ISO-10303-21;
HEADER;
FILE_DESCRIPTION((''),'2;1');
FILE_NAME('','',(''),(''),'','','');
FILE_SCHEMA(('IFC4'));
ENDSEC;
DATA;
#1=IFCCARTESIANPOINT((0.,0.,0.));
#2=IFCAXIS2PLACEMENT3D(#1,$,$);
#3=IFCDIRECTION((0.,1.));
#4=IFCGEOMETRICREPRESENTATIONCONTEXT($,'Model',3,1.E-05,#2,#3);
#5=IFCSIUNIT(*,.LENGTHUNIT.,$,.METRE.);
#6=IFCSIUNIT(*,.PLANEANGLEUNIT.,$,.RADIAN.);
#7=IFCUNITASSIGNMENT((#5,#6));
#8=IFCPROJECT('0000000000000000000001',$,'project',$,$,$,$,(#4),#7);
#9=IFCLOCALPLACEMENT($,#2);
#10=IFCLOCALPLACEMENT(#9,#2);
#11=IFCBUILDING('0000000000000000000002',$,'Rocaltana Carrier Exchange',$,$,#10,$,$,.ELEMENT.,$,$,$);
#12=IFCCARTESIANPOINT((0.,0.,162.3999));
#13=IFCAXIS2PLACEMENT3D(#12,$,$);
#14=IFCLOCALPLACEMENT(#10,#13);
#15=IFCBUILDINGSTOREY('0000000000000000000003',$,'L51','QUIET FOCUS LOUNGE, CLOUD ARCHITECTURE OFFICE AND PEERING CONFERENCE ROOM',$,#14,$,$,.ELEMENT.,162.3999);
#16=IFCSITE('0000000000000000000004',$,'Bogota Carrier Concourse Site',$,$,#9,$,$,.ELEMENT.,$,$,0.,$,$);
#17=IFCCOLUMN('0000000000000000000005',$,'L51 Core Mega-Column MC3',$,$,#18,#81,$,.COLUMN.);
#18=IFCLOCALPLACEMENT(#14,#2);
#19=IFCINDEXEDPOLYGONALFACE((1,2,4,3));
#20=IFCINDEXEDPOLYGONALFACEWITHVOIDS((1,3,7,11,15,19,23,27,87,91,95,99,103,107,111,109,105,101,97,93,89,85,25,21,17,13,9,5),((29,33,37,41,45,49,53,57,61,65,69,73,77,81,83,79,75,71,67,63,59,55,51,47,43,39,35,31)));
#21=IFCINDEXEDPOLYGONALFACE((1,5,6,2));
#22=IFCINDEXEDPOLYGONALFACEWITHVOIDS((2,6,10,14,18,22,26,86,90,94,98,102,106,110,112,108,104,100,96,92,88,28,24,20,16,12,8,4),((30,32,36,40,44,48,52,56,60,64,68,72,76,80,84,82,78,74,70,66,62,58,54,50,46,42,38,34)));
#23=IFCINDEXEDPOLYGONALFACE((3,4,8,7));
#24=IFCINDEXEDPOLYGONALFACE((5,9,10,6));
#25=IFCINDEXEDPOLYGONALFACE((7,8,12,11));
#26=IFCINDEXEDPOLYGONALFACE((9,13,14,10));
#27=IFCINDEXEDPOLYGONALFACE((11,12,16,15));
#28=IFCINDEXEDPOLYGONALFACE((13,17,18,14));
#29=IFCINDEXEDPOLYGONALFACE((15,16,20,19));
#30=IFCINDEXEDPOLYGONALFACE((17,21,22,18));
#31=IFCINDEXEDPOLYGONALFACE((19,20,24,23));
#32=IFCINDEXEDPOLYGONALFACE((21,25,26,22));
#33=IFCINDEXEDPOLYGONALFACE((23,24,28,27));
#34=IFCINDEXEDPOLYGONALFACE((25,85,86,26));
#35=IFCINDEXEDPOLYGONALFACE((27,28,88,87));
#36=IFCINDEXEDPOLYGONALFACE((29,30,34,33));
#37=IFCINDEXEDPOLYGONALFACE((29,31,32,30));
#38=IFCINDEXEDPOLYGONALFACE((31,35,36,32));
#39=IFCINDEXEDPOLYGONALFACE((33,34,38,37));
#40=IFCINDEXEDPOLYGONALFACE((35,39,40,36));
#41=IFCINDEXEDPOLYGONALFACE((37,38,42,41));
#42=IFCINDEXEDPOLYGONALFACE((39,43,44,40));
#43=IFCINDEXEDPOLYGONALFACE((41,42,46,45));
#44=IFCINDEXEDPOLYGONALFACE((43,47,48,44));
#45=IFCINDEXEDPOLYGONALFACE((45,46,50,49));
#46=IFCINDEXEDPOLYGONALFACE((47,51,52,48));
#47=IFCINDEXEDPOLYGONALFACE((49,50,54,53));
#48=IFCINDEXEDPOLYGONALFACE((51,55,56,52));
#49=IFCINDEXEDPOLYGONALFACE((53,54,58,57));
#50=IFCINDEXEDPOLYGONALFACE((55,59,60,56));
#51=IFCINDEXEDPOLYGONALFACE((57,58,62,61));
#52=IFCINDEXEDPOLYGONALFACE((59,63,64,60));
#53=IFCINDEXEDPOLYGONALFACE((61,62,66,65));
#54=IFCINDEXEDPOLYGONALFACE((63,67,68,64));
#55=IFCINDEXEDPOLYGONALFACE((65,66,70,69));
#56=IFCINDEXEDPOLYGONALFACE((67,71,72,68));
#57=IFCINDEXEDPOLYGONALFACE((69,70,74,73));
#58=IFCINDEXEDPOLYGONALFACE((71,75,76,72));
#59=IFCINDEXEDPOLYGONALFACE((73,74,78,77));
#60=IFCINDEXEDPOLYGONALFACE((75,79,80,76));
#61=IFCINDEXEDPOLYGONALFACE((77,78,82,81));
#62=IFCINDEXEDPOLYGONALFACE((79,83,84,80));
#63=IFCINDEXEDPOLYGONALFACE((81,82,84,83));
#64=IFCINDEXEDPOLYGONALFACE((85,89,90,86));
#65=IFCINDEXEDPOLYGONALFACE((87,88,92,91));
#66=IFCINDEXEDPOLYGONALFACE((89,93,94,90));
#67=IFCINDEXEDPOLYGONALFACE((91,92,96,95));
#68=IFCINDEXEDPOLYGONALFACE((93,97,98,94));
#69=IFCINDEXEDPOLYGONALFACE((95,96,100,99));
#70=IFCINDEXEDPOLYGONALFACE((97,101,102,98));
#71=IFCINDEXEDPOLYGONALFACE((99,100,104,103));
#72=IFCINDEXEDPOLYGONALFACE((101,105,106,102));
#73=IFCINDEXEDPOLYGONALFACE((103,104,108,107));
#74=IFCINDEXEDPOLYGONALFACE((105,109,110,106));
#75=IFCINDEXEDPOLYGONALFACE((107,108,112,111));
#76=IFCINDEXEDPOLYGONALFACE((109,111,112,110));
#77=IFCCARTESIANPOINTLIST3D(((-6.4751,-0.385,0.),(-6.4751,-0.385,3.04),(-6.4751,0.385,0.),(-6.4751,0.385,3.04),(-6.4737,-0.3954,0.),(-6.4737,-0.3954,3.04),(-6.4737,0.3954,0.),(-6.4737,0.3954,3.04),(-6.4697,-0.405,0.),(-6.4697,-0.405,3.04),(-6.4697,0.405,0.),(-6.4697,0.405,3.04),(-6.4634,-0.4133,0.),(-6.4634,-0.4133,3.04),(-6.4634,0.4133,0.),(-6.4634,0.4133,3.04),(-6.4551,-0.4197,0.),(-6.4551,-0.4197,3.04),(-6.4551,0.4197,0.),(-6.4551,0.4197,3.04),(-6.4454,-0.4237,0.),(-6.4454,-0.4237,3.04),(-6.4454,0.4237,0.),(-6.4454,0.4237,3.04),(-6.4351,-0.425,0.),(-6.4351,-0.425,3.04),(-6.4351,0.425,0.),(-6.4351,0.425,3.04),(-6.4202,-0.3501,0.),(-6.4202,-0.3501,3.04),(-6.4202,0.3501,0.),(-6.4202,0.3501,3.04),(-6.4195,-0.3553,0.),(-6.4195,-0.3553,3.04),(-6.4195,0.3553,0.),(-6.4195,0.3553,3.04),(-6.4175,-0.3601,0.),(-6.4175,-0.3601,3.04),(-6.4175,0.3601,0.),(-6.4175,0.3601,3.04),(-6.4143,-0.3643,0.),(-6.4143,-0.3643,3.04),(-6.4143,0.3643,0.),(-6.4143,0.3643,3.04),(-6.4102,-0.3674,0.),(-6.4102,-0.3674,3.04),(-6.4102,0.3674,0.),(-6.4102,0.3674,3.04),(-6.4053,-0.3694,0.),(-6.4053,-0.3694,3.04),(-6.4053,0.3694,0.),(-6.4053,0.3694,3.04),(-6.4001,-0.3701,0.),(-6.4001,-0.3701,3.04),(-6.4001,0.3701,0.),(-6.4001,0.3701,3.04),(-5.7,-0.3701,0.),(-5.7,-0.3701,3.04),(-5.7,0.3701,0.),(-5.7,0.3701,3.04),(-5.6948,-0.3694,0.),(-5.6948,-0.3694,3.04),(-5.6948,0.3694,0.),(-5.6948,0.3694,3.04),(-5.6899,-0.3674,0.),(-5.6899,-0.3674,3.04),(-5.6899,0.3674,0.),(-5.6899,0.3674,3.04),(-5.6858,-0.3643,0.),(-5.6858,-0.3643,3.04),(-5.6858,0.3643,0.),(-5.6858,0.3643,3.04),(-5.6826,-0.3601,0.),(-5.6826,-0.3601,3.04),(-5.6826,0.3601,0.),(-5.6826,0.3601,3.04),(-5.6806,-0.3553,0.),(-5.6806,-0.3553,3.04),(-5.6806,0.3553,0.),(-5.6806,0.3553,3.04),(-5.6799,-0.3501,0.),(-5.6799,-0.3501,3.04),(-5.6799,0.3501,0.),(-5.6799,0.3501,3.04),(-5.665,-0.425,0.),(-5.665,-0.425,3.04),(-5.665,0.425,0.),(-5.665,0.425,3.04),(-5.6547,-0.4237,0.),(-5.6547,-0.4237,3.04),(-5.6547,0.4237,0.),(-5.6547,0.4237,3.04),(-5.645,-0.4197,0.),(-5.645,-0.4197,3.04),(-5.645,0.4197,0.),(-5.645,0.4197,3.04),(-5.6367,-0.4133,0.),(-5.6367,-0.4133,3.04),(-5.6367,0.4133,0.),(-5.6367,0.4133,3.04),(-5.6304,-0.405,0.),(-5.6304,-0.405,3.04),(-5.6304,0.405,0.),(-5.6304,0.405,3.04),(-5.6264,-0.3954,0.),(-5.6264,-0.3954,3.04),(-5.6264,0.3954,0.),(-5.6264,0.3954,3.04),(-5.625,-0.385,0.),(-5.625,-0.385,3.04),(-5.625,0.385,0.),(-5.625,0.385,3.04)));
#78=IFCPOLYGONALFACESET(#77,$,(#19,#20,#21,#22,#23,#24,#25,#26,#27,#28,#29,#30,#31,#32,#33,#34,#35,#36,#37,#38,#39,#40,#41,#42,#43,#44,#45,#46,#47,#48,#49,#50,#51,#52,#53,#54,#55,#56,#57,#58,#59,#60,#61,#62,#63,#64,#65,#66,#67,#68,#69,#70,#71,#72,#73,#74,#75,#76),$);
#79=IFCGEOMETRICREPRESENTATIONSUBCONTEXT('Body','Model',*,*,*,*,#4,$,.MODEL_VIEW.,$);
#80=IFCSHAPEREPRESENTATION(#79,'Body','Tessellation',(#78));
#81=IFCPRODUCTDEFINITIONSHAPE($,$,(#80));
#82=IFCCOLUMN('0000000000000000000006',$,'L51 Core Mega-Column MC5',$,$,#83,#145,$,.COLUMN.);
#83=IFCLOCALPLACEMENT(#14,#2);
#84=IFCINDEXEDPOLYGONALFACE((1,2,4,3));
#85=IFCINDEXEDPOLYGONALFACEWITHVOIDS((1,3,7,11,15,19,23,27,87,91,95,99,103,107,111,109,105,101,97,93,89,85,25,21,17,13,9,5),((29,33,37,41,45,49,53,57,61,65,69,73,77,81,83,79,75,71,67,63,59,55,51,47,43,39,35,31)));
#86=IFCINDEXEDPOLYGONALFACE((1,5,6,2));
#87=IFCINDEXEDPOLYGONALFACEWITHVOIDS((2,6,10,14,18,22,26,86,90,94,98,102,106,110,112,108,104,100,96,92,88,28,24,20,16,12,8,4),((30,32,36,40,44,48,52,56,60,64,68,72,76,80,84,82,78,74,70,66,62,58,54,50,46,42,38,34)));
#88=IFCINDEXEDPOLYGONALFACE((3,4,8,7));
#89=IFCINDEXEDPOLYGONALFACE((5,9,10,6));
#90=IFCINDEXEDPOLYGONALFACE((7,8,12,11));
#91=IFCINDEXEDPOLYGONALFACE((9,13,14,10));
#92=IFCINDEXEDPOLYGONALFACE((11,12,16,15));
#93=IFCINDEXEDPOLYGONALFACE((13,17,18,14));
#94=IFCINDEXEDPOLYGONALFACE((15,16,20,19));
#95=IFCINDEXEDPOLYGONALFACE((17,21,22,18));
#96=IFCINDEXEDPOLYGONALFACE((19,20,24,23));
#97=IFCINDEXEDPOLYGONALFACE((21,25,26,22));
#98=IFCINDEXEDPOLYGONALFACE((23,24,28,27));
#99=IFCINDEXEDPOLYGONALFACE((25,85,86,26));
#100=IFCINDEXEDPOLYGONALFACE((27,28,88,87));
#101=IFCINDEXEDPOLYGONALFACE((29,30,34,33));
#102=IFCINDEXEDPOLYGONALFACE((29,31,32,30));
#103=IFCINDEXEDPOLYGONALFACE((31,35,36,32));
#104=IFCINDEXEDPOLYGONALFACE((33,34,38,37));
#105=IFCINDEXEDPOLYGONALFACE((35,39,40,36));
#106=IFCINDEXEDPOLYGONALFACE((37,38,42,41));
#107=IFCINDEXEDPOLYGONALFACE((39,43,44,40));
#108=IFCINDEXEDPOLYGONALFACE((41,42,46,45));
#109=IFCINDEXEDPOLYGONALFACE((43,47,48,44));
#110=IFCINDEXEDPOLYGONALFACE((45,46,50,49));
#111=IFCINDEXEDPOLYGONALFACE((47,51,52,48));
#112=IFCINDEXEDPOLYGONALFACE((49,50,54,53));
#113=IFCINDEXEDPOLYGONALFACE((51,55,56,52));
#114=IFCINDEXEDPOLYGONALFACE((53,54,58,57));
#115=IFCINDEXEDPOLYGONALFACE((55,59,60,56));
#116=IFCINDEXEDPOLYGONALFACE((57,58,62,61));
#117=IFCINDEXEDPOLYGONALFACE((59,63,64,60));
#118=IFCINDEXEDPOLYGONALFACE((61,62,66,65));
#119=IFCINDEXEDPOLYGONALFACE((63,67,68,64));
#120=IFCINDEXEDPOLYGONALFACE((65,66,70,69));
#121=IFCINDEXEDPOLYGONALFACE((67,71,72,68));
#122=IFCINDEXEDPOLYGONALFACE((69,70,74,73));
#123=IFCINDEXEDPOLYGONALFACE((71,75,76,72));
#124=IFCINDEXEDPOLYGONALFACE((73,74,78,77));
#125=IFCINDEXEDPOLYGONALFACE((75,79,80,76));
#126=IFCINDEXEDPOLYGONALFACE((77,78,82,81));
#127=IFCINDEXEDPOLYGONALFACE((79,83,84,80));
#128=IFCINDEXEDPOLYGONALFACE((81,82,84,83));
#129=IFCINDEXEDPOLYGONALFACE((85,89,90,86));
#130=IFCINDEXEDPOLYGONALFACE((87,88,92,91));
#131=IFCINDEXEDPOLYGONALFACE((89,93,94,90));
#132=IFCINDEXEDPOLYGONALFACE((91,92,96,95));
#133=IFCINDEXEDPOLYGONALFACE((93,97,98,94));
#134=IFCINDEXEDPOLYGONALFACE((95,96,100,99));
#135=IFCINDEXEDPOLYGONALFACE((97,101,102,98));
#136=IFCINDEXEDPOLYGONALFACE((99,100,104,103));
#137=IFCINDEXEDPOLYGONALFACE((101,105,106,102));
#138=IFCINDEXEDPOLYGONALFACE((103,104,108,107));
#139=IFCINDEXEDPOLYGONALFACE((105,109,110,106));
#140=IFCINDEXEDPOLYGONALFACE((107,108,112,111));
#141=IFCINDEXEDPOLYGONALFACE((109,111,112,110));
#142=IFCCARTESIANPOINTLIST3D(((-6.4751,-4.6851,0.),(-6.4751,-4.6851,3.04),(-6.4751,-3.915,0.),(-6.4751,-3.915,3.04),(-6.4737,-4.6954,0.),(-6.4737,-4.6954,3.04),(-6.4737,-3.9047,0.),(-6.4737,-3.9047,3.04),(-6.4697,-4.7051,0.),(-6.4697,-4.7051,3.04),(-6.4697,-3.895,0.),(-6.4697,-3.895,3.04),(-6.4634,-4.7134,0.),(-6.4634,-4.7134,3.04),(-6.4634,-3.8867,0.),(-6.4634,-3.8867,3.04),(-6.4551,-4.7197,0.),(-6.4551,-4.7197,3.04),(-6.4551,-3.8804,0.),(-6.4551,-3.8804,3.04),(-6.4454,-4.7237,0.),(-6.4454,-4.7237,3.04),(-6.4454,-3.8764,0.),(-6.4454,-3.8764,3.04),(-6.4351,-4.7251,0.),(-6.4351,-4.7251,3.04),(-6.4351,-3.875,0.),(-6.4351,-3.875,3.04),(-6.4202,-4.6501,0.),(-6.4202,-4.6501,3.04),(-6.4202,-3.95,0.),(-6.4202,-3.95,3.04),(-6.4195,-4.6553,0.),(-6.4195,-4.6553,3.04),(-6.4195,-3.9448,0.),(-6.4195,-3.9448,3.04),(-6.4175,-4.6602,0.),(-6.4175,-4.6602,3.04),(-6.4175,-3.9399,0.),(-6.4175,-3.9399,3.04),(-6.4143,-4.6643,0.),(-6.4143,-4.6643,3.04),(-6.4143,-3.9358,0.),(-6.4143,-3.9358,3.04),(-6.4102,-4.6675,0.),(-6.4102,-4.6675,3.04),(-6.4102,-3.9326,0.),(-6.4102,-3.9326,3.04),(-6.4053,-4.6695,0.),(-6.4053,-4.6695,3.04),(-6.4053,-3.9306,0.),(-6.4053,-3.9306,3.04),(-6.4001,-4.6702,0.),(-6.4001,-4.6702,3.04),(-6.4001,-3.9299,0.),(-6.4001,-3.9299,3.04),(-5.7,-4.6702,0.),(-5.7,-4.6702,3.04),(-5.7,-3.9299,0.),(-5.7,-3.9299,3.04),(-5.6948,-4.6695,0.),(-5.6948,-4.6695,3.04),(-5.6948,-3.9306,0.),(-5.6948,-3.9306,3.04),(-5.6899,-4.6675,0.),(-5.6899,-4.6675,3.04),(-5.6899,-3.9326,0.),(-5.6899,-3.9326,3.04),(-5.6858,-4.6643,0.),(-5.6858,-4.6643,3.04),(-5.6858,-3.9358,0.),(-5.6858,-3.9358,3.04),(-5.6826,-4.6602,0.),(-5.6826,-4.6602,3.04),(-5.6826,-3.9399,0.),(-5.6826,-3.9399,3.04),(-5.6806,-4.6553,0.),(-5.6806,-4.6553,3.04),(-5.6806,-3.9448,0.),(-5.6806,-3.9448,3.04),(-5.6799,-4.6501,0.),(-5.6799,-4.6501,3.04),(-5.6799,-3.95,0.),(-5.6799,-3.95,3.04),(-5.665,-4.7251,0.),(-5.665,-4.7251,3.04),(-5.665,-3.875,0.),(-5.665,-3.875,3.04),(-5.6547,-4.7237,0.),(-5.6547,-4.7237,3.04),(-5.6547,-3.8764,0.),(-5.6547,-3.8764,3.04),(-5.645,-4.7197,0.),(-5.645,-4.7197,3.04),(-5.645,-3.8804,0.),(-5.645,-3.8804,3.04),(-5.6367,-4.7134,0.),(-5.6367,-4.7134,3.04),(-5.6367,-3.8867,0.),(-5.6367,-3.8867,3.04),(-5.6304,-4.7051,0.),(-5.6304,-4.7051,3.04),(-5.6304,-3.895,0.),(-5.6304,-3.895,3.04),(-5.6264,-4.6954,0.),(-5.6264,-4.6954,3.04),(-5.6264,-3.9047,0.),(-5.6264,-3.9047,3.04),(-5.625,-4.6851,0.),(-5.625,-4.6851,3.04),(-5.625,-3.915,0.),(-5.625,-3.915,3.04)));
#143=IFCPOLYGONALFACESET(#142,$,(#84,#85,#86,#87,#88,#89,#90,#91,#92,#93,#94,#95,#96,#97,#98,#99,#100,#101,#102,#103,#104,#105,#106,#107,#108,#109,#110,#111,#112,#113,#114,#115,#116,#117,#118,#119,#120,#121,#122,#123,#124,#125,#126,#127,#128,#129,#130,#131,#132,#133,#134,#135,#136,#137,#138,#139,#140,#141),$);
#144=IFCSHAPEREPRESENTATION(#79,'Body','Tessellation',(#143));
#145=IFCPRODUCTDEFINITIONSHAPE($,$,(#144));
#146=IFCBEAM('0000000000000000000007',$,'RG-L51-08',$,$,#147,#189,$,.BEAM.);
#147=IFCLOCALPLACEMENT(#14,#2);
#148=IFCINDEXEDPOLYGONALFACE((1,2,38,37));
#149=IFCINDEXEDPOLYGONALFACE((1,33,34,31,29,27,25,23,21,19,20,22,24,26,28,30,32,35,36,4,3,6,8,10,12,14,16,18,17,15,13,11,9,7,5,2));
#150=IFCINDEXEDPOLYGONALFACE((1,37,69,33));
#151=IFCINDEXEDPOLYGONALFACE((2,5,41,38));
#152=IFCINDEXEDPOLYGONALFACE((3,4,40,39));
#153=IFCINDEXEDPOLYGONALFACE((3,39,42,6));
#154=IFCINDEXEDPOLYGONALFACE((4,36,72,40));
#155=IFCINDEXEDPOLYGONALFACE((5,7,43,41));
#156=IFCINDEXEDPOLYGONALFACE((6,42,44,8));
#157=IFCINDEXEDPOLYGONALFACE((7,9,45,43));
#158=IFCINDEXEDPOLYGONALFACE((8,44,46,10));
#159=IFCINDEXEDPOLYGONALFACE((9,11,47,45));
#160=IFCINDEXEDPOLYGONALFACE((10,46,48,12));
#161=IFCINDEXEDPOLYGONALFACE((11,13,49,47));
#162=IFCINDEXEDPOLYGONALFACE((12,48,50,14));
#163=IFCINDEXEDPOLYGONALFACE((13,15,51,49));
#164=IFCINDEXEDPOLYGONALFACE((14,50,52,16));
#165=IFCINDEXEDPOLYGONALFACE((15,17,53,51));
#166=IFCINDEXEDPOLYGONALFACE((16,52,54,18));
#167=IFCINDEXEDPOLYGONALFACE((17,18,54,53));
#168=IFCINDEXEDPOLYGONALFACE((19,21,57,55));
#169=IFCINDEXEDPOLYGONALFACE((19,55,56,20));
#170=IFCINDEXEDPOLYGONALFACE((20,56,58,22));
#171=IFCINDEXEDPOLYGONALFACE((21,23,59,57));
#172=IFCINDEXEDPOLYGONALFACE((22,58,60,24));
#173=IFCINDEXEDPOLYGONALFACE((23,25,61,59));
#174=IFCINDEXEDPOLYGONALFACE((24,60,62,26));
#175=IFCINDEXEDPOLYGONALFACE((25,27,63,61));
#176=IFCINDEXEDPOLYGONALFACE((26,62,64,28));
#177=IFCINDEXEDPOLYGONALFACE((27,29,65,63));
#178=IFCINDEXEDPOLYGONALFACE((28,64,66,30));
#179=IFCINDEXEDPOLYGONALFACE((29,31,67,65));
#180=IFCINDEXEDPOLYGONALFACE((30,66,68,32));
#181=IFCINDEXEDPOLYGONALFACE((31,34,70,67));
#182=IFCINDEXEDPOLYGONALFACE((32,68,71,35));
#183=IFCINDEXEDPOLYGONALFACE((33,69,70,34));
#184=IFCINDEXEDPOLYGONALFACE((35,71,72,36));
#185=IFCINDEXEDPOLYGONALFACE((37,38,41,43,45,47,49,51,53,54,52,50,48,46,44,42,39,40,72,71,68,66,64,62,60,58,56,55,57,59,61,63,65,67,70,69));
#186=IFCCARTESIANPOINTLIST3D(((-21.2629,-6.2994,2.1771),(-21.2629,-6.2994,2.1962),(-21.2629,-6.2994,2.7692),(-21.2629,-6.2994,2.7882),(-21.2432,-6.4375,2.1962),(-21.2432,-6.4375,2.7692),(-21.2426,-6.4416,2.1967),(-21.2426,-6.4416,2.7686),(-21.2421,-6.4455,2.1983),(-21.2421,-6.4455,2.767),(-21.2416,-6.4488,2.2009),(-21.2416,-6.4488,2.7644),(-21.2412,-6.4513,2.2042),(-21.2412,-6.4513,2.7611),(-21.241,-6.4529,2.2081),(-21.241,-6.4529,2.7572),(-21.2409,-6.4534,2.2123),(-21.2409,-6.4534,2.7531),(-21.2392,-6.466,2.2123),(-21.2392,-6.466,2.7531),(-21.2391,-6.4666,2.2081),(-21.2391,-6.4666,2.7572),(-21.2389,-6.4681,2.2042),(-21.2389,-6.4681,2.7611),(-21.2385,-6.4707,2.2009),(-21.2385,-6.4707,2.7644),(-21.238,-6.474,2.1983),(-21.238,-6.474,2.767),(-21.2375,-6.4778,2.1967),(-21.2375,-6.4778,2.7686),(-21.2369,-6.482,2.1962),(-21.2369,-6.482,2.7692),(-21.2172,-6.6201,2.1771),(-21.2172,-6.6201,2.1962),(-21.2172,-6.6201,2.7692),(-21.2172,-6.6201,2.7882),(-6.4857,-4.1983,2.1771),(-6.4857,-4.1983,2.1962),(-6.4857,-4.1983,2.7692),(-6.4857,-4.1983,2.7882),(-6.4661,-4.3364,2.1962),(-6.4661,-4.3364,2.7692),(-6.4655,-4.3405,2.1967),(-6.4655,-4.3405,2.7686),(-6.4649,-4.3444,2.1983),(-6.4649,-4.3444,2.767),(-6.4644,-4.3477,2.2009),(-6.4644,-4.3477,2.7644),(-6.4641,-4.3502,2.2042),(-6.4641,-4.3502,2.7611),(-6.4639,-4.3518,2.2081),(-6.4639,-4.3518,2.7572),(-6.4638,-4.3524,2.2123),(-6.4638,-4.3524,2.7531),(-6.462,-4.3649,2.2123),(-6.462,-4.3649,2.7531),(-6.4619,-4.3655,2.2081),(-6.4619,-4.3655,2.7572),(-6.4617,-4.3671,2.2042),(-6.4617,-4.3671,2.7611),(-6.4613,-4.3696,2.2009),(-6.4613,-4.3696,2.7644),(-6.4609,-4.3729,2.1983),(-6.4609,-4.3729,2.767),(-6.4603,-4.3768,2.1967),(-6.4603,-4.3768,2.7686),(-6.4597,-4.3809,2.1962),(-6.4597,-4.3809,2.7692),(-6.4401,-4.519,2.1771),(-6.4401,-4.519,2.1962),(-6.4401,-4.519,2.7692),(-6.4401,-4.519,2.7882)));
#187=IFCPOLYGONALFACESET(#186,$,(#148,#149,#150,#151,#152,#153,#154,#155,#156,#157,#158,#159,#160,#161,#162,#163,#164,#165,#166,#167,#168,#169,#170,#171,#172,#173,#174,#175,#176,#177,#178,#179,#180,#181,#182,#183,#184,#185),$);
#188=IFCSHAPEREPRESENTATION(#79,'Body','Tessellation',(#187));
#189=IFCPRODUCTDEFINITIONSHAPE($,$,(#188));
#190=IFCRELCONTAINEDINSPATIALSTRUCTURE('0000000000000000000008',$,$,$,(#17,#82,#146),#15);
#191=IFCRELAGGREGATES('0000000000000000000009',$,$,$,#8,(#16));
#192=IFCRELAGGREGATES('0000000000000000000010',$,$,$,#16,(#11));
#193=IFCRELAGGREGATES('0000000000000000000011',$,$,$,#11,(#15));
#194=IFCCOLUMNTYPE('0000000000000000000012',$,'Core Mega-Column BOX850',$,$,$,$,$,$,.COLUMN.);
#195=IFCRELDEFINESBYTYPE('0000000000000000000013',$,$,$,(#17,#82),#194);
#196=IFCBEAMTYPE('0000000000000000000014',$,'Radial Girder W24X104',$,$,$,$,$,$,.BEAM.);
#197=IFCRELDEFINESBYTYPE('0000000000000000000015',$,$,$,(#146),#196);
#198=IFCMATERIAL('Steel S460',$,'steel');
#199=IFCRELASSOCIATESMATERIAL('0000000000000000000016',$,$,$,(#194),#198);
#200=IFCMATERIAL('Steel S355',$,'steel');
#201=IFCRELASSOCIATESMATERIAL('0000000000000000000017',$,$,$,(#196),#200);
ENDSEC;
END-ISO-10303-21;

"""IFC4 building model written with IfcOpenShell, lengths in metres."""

from ifc_helpers import new_model, si_unit, direction, frame, origin, origin_2d, place, context, subcontext, project, spatial, hollow_rectangle, i_section, extrude, material, material_profile, profile_set, type_object, element, save


model = new_model("IFC4")

# Units and contexts
model_context = context("Model", 3, precision=1e-05, world=origin(), true_north=direction((0.0, 1.0)))
body_context = subcontext(model_context, "Body", "Model", "MODEL_VIEW")
ifc_project = project(units=[si_unit("LENGTHUNIT", "METRE"), si_unit("PLANEANGLEUNIT", "RADIAN")], contexts=[model_context])

# Site, building, storey
site_placement = place(None, origin())
site = spatial("IfcSite", under=ifc_project, at=site_placement, Name="Bogota Carrier Concourse Site", CompositionType="ELEMENT", RefElevation=0.0)
building_placement = place(site_placement, origin())
building = spatial("IfcBuilding", under=site, at=building_placement, Name="Rocaltana Carrier Exchange", CompositionType="ELEMENT")
storey_placement = place(building_placement, frame((0.0, 0.0, 162.3999)))
storey = spatial("IfcBuildingStorey", under=building, at=storey_placement, Name="L51", Description="QUIET FOCUS LOUNGE, CLOUD ARCHITECTURE OFFICE AND PEERING CONFERENCE ROOM", CompositionType="ELEMENT", Elevation=162.3999)

# Columns
ifc_material_1 = material(Name="Steel S460", Category="steel")
ifc_material_profile_1 = material_profile(ifc_material_1, hollow_rectangle(XDim=0.8501, YDim=0.8501, WallThickness=0.0549, InnerFilletRadius=0.02, OuterFilletRadius=0.04, at=origin_2d()), Name="BOX850X850X55")
ifc_profile_set_1 = profile_set([ifc_material_profile_1], Name="Steel S460")
column_type = type_object("IfcColumnType", Name="Core Mega-Column BOX850", PredefinedType="COLUMN", material=ifc_profile_set_1)
for number, where, z_axis, x_axis, name in (
    (1, (-6.05, 0.0, 0.0), (0.0, 0.0, 1.0), (1.0, 0.0, 0.0), "L51 Core Mega-Column MC3"),
    (2, (-6.05, -4.3, 0.0), (0.0, 0.0, 1.0), (1.0, 0.0, 0.0), "L51 Core Mega-Column MC5"),
):
    element("IfcColumn", number, at=place(storey_placement, frame(where, z_axis=z_axis, x_axis=x_axis)), inside=storey, type_object=column_type, Name=name, PredefinedType="COLUMN", context=body_context, shape_type="SweptSolid", body=[
        extrude(hollow_rectangle(XDim=0.8501, YDim=0.8501, WallThickness=0.0549, InnerFilletRadius=0.02, OuterFilletRadius=0.04, at=origin_2d()), origin(), (0.0, 0.0, 1.0), 3.04),
    ])

# Beam
ifc_material_2 = material(Name="Steel S355", Category="steel")
ifc_material_profile_2 = material_profile(ifc_material_2, i_section(OverallWidth=0.324, OverallDepth=0.6111, WebThickness=0.0127, FlangeThickness=0.019, FilletRadius=0.0161, at=origin_2d()), Name="W24X104")
ifc_profile_set_2 = profile_set([ifc_material_profile_2], Name="Steel S355")
beam_type = type_object("IfcBeamType", Name="Radial Girder W24X104", PredefinedType="BEAM", material=ifc_profile_set_2)
beam_1_placement = place(storey_placement, frame((-6.4629, -4.3586, 2.4827), z_axis=(-0.990043, -0.140769, 0.0), x_axis=(0.140769, -0.990043, 0.0)))
element("IfcBeam", 3, at=beam_1_placement, inside=storey, type_object=beam_type, Name="RG-L51-08", PredefinedType="BEAM", context=body_context, shape_type="SweptSolid", body=[
    extrude(i_section(OverallWidth=0.324, OverallDepth=0.6111, WebThickness=0.0127, FlangeThickness=0.019, FilletRadius=0.0161, at=origin_2d()), origin(), (0.0, 0.0, 1.0), 14.9258),
])

save(model, "model.ifc")
